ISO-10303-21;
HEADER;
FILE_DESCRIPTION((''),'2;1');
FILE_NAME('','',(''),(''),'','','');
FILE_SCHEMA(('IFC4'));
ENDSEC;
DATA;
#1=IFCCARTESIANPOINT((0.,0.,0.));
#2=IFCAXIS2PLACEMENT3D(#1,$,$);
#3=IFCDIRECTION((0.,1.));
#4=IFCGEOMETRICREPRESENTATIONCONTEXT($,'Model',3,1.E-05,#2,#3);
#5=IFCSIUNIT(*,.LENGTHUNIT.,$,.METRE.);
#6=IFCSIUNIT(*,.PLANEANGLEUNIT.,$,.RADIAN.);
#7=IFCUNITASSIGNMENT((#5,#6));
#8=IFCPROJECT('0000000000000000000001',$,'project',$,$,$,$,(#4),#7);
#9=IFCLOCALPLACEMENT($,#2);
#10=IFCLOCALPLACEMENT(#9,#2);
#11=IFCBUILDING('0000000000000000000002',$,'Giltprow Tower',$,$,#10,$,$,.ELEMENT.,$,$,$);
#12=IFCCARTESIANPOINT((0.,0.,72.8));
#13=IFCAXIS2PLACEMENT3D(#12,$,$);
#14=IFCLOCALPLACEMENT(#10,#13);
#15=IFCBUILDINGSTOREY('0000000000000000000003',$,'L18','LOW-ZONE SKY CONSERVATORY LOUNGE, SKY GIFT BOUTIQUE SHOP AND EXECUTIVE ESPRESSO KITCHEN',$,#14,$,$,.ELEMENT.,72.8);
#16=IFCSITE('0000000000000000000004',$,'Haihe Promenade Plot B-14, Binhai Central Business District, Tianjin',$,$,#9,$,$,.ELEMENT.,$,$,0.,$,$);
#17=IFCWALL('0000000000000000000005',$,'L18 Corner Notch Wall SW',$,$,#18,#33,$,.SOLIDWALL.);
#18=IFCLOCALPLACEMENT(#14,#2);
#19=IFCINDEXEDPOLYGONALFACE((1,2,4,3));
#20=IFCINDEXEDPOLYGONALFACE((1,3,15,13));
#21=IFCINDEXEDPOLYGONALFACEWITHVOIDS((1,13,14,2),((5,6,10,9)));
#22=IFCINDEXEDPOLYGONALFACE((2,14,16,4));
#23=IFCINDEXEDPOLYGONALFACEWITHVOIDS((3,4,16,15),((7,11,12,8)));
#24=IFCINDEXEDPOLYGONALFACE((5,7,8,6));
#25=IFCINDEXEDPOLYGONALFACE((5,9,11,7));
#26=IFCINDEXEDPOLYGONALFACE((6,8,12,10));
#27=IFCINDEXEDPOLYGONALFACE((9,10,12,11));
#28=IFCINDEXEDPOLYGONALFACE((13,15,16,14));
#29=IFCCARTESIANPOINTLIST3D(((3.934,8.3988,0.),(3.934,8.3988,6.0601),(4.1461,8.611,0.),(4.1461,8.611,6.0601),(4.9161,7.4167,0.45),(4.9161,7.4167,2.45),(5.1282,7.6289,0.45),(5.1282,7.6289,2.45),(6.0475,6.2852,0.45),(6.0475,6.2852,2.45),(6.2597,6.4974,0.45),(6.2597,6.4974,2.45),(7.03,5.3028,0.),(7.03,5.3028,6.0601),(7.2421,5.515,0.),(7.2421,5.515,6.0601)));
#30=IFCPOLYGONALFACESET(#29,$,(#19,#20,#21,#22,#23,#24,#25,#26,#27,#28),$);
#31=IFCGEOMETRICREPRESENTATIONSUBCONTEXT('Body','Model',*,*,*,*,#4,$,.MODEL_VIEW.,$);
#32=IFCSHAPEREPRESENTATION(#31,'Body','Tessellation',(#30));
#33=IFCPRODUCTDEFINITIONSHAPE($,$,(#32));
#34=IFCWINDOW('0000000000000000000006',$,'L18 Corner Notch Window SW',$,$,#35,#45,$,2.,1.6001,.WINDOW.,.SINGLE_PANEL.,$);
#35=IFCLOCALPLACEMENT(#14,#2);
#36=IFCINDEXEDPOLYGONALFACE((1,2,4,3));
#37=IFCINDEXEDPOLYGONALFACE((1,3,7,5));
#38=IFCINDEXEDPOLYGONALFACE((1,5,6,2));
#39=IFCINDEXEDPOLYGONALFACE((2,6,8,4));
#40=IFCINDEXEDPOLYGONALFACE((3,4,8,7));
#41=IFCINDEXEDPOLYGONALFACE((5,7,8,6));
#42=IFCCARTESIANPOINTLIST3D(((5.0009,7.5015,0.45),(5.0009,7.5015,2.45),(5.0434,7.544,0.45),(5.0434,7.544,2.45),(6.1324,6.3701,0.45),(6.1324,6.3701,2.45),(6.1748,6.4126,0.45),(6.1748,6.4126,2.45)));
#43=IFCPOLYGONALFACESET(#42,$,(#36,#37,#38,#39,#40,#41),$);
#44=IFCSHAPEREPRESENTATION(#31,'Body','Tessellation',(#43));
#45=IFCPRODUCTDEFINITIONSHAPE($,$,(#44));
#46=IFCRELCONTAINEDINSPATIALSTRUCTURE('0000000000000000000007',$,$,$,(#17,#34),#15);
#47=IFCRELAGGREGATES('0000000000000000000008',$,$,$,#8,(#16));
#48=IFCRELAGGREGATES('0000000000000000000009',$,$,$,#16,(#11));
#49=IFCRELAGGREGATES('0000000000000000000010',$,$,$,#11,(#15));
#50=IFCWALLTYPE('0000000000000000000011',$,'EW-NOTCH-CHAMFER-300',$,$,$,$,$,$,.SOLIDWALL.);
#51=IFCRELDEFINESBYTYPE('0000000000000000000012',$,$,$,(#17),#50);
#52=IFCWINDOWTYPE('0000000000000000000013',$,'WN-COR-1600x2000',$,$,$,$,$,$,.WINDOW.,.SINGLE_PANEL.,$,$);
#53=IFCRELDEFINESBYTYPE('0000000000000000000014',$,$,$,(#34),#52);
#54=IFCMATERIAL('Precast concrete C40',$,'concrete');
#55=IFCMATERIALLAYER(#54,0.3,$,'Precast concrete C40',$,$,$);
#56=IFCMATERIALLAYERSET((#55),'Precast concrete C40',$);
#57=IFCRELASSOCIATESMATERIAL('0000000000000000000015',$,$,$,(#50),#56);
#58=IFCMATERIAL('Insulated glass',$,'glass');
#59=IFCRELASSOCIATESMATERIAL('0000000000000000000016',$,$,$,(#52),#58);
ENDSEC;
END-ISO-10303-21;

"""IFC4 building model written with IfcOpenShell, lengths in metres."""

from ifc_helpers import new_model, si_unit, direction, frame, frame_2d, origin, place, context, subcontext, project, spatial, rectangle, extrude, source, transform, mapped, material, layer, layer_set, type_object, element, fill, save


model = new_model("IFC4")

# Units and contexts
model_context = context("Model", 3, precision=1e-05, world=origin(), true_north=direction((0.0, 1.0)))
body_context = subcontext(model_context, "Body", "Model", "MODEL_VIEW")
ifc_project = project(units=[si_unit("LENGTHUNIT", "METRE"), si_unit("PLANEANGLEUNIT", "RADIAN")], contexts=[model_context])

# Site, building, storey
site_placement = place(None, origin())
site = spatial("IfcSite", under=ifc_project, at=site_placement, Name="Haihe Promenade Plot B-14, Binhai Central Business District, Tianjin", CompositionType="ELEMENT", RefElevation=0.0)
building_placement = place(site_placement, origin())
building = spatial("IfcBuilding", under=site, at=building_placement, Name="Giltprow Tower", CompositionType="ELEMENT")
storey_placement = place(building_placement, frame((0.0, 0.0, 72.8)))
storey = spatial("IfcBuildingStorey", under=building, at=storey_placement, Name="L18", Description="LOW-ZONE SKY CONSERVATORY LOUNGE, SKY GIFT BOUTIQUE SHOP AND EXECUTIVE ESPRESSO KITCHEN", CompositionType="ELEMENT", Elevation=72.8)

# Shared definitions
ifc_material_1 = material(Name="Insulated glass", Category="glass")

# Wall, opening, window
ifc_material_2 = material(Name="Precast concrete C40", Category="concrete")
ifc_layer_1 = layer(ifc_material_2, 0.3, Name="Precast concrete C40")
ifc_layer_set_1 = layer_set([ifc_layer_1], Name="Precast concrete C40")
wall_type = type_object("IfcWallType", Name="EW-NOTCH-CHAMFER-300", PredefinedType="SOLIDWALL", material=ifc_layer_set_1)
wall_placement = place(storey_placement, frame((4.04, 8.5049, 0.0), z_axis=(0.0, 0.0, 1.0), x_axis=(0.707107, -0.707107, 0.0)))
wall = element("IfcWall", 1, at=wall_placement, inside=storey, type_object=wall_type, Name="L18 Corner Notch Wall SW", PredefinedType="SOLIDWALL", context=body_context, shape_type="SweptSolid", body=[
    extrude(rectangle(XDim=4.3784, YDim=0.3, at=frame_2d((2.1892, 0.0))), origin(), (0.0, 0.0, 1.0), 6.0601),
])
opening_placement = place(wall_placement, frame((1.3889, 0.0, 0.45)))
opening = element("IfcOpeningElement", 2, at=opening_placement, cuts=wall, PredefinedType="OPENING", context=body_context, shape_type="SweptSolid", body=[
    extrude(rectangle(XDim=1.6001, YDim=2.0, at=frame_2d((0.8, 1.0))), frame((0.0, 0.1599, 0.0), z_axis=(0.0, -1.0, 0.0), x_axis=(1.0, 0.0, 0.0)), (0.0, 0.0, 1.0), 0.3201),
])
window_type = type_object("IfcWindowType", Name="WN-COR-1600x2000", PartitioningType="SINGLE_PANEL", PredefinedType="WINDOW", material=ifc_material_1)
shared_shape_1 = source(origin(), body_context, "Body", "SweptSolid", [
    extrude(rectangle(XDim=1.6001, YDim=2.0, at=frame_2d((0.8, 1.0))), frame((0.0, 0.03, 0.0), z_axis=(0.0, -1.0, 0.0), x_axis=(1.0, 0.0, 0.0)), (0.0, 0.0, 1.0), 0.0601),
])
window_placement = place(opening_placement, origin())
window = element("IfcWindow", 3, at=window_placement, inside=storey, type_object=window_type, Name="L18 Corner Notch Window SW", OverallHeight=2.0, OverallWidth=1.6001, PartitioningType="SINGLE_PANEL", PredefinedType="WINDOW", context=body_context, shape_type="MappedRepresentation", body=[
    mapped(shared_shape_1, transform((0.0, 0.0, 0.0), x_axis=(1.0, 0.0, 0.0), y_axis=(0.0, 1.0, 0.0), z_axis=(0.0, 0.0, 1.0), scale=1.0)),
])
fill(opening, window)

save(model, "model.ifc")
